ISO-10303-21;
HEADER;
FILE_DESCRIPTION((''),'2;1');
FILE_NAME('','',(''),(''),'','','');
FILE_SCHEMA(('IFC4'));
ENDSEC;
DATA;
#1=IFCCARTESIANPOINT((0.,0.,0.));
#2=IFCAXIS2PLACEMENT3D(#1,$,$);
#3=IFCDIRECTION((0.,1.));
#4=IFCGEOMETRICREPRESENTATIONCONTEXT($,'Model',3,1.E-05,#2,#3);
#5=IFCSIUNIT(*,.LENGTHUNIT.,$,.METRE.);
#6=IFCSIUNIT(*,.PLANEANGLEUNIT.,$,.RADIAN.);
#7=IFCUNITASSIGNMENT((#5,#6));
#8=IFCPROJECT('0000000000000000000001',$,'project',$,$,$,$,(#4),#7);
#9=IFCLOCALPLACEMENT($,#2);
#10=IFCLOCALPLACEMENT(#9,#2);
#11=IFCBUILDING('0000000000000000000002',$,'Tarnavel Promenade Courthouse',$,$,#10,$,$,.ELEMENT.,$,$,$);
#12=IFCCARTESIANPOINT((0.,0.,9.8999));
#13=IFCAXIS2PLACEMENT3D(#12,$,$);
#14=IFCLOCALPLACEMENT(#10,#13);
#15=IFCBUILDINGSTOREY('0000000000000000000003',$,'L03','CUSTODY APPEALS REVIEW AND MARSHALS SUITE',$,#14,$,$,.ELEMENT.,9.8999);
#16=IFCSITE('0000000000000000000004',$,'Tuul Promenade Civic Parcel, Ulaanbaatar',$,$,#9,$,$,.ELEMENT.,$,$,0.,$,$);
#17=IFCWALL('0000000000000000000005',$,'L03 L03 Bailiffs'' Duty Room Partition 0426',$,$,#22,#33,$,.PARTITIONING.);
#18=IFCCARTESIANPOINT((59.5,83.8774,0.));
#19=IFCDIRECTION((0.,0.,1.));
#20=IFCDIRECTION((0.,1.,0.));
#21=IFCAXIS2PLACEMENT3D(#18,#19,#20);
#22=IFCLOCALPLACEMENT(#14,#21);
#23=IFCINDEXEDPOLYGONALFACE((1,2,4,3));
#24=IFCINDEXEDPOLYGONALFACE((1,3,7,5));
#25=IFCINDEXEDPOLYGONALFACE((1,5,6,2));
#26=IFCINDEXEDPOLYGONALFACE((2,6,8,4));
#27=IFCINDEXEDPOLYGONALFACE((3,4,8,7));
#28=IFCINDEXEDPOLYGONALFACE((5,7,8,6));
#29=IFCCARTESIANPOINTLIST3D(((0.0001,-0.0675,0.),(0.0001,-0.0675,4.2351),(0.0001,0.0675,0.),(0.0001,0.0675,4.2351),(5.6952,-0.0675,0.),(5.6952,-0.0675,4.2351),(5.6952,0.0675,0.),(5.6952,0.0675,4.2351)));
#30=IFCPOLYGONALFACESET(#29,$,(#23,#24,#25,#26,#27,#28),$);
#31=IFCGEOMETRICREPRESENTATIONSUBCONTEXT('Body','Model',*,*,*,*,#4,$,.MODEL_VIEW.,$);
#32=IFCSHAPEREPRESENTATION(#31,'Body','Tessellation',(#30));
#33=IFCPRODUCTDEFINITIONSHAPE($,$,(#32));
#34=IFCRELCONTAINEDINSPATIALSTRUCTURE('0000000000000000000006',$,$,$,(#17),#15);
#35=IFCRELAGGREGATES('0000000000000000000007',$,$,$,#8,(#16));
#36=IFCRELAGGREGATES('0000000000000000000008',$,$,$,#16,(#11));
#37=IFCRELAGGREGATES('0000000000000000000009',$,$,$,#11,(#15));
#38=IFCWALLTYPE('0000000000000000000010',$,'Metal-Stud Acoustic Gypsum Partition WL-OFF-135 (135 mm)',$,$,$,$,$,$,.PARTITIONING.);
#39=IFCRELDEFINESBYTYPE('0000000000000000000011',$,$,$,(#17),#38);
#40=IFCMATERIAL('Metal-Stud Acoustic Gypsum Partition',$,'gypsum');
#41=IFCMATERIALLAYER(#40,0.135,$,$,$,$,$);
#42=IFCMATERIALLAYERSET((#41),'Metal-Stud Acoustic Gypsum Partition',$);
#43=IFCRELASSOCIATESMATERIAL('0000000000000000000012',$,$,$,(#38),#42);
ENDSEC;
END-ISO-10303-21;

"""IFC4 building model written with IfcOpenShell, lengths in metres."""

from ifc_helpers import new_model, si_unit, direction, frame, frame_2d, origin, place, context, subcontext, project, spatial, rectangle, extrude, material, layer, layer_set, type_object, element, save


model = new_model("IFC4")

# Units and contexts
model_context = context("Model", 3, precision=1e-05, world=origin(), true_north=direction((0.0, 1.0)))
body_context = subcontext(model_context, "Body", "Model", "MODEL_VIEW")
ifc_project = project(units=[si_unit("LENGTHUNIT", "METRE"), si_unit("PLANEANGLEUNIT", "RADIAN")], contexts=[model_context])

# Site, building, storey
site_placement = place(None, origin())
site = spatial("IfcSite", under=ifc_project, at=site_placement, Name="Tuul Promenade Civic Parcel, Ulaanbaatar", CompositionType="ELEMENT", RefElevation=0.0)
building_placement = place(site_placement, origin())
building = spatial("IfcBuilding", under=site, at=building_placement, Name="Tarnavel Promenade Courthouse", CompositionType="ELEMENT")
storey_placement = place(building_placement, frame((0.0, 0.0, 9.8999)))
storey = spatial("IfcBuildingStorey", under=building, at=storey_placement, Name="L03", Description="CUSTODY APPEALS REVIEW AND MARSHALS SUITE", CompositionType="ELEMENT", Elevation=9.8999)

# Shared definitions
ifc_material_1 = material(Name="Metal-Stud Acoustic Gypsum Partition", Category="gypsum")
ifc_layer_1 = layer(ifc_material_1, 0.135)
ifc_layer_set_1 = layer_set([ifc_layer_1], Name="Metal-Stud Acoustic Gypsum Partition")
wall_type_1 = type_object("IfcWallType", Name="Metal-Stud Acoustic Gypsum Partition WL-OFF-135 (135 mm)", PredefinedType="PARTITIONING", material=ifc_layer_set_1)

# Wall
for number, where, z_axis, x_axis, name in (
    (1, (59.5, 83.8774, 0.0), (0.0, 0.0, 1.0), (0.0, 1.0, 0.0), "L03 L03 Bailiffs' Duty Room Partition 0426"),
):
    element("IfcWall", number, at=place(storey_placement, frame(where, z_axis=z_axis, x_axis=x_axis)), inside=storey, type_object=wall_type_1, Name=name, PredefinedType="PARTITIONING", context=body_context, shape_type="SweptSolid", body=[
        extrude(rectangle(XDim=5.6951, YDim=0.135, at=frame_2d((2.8477, 0.0))), origin(), (0.0, 0.0, 1.0), 4.2351),
    ])

save(model, "model.ifc")
